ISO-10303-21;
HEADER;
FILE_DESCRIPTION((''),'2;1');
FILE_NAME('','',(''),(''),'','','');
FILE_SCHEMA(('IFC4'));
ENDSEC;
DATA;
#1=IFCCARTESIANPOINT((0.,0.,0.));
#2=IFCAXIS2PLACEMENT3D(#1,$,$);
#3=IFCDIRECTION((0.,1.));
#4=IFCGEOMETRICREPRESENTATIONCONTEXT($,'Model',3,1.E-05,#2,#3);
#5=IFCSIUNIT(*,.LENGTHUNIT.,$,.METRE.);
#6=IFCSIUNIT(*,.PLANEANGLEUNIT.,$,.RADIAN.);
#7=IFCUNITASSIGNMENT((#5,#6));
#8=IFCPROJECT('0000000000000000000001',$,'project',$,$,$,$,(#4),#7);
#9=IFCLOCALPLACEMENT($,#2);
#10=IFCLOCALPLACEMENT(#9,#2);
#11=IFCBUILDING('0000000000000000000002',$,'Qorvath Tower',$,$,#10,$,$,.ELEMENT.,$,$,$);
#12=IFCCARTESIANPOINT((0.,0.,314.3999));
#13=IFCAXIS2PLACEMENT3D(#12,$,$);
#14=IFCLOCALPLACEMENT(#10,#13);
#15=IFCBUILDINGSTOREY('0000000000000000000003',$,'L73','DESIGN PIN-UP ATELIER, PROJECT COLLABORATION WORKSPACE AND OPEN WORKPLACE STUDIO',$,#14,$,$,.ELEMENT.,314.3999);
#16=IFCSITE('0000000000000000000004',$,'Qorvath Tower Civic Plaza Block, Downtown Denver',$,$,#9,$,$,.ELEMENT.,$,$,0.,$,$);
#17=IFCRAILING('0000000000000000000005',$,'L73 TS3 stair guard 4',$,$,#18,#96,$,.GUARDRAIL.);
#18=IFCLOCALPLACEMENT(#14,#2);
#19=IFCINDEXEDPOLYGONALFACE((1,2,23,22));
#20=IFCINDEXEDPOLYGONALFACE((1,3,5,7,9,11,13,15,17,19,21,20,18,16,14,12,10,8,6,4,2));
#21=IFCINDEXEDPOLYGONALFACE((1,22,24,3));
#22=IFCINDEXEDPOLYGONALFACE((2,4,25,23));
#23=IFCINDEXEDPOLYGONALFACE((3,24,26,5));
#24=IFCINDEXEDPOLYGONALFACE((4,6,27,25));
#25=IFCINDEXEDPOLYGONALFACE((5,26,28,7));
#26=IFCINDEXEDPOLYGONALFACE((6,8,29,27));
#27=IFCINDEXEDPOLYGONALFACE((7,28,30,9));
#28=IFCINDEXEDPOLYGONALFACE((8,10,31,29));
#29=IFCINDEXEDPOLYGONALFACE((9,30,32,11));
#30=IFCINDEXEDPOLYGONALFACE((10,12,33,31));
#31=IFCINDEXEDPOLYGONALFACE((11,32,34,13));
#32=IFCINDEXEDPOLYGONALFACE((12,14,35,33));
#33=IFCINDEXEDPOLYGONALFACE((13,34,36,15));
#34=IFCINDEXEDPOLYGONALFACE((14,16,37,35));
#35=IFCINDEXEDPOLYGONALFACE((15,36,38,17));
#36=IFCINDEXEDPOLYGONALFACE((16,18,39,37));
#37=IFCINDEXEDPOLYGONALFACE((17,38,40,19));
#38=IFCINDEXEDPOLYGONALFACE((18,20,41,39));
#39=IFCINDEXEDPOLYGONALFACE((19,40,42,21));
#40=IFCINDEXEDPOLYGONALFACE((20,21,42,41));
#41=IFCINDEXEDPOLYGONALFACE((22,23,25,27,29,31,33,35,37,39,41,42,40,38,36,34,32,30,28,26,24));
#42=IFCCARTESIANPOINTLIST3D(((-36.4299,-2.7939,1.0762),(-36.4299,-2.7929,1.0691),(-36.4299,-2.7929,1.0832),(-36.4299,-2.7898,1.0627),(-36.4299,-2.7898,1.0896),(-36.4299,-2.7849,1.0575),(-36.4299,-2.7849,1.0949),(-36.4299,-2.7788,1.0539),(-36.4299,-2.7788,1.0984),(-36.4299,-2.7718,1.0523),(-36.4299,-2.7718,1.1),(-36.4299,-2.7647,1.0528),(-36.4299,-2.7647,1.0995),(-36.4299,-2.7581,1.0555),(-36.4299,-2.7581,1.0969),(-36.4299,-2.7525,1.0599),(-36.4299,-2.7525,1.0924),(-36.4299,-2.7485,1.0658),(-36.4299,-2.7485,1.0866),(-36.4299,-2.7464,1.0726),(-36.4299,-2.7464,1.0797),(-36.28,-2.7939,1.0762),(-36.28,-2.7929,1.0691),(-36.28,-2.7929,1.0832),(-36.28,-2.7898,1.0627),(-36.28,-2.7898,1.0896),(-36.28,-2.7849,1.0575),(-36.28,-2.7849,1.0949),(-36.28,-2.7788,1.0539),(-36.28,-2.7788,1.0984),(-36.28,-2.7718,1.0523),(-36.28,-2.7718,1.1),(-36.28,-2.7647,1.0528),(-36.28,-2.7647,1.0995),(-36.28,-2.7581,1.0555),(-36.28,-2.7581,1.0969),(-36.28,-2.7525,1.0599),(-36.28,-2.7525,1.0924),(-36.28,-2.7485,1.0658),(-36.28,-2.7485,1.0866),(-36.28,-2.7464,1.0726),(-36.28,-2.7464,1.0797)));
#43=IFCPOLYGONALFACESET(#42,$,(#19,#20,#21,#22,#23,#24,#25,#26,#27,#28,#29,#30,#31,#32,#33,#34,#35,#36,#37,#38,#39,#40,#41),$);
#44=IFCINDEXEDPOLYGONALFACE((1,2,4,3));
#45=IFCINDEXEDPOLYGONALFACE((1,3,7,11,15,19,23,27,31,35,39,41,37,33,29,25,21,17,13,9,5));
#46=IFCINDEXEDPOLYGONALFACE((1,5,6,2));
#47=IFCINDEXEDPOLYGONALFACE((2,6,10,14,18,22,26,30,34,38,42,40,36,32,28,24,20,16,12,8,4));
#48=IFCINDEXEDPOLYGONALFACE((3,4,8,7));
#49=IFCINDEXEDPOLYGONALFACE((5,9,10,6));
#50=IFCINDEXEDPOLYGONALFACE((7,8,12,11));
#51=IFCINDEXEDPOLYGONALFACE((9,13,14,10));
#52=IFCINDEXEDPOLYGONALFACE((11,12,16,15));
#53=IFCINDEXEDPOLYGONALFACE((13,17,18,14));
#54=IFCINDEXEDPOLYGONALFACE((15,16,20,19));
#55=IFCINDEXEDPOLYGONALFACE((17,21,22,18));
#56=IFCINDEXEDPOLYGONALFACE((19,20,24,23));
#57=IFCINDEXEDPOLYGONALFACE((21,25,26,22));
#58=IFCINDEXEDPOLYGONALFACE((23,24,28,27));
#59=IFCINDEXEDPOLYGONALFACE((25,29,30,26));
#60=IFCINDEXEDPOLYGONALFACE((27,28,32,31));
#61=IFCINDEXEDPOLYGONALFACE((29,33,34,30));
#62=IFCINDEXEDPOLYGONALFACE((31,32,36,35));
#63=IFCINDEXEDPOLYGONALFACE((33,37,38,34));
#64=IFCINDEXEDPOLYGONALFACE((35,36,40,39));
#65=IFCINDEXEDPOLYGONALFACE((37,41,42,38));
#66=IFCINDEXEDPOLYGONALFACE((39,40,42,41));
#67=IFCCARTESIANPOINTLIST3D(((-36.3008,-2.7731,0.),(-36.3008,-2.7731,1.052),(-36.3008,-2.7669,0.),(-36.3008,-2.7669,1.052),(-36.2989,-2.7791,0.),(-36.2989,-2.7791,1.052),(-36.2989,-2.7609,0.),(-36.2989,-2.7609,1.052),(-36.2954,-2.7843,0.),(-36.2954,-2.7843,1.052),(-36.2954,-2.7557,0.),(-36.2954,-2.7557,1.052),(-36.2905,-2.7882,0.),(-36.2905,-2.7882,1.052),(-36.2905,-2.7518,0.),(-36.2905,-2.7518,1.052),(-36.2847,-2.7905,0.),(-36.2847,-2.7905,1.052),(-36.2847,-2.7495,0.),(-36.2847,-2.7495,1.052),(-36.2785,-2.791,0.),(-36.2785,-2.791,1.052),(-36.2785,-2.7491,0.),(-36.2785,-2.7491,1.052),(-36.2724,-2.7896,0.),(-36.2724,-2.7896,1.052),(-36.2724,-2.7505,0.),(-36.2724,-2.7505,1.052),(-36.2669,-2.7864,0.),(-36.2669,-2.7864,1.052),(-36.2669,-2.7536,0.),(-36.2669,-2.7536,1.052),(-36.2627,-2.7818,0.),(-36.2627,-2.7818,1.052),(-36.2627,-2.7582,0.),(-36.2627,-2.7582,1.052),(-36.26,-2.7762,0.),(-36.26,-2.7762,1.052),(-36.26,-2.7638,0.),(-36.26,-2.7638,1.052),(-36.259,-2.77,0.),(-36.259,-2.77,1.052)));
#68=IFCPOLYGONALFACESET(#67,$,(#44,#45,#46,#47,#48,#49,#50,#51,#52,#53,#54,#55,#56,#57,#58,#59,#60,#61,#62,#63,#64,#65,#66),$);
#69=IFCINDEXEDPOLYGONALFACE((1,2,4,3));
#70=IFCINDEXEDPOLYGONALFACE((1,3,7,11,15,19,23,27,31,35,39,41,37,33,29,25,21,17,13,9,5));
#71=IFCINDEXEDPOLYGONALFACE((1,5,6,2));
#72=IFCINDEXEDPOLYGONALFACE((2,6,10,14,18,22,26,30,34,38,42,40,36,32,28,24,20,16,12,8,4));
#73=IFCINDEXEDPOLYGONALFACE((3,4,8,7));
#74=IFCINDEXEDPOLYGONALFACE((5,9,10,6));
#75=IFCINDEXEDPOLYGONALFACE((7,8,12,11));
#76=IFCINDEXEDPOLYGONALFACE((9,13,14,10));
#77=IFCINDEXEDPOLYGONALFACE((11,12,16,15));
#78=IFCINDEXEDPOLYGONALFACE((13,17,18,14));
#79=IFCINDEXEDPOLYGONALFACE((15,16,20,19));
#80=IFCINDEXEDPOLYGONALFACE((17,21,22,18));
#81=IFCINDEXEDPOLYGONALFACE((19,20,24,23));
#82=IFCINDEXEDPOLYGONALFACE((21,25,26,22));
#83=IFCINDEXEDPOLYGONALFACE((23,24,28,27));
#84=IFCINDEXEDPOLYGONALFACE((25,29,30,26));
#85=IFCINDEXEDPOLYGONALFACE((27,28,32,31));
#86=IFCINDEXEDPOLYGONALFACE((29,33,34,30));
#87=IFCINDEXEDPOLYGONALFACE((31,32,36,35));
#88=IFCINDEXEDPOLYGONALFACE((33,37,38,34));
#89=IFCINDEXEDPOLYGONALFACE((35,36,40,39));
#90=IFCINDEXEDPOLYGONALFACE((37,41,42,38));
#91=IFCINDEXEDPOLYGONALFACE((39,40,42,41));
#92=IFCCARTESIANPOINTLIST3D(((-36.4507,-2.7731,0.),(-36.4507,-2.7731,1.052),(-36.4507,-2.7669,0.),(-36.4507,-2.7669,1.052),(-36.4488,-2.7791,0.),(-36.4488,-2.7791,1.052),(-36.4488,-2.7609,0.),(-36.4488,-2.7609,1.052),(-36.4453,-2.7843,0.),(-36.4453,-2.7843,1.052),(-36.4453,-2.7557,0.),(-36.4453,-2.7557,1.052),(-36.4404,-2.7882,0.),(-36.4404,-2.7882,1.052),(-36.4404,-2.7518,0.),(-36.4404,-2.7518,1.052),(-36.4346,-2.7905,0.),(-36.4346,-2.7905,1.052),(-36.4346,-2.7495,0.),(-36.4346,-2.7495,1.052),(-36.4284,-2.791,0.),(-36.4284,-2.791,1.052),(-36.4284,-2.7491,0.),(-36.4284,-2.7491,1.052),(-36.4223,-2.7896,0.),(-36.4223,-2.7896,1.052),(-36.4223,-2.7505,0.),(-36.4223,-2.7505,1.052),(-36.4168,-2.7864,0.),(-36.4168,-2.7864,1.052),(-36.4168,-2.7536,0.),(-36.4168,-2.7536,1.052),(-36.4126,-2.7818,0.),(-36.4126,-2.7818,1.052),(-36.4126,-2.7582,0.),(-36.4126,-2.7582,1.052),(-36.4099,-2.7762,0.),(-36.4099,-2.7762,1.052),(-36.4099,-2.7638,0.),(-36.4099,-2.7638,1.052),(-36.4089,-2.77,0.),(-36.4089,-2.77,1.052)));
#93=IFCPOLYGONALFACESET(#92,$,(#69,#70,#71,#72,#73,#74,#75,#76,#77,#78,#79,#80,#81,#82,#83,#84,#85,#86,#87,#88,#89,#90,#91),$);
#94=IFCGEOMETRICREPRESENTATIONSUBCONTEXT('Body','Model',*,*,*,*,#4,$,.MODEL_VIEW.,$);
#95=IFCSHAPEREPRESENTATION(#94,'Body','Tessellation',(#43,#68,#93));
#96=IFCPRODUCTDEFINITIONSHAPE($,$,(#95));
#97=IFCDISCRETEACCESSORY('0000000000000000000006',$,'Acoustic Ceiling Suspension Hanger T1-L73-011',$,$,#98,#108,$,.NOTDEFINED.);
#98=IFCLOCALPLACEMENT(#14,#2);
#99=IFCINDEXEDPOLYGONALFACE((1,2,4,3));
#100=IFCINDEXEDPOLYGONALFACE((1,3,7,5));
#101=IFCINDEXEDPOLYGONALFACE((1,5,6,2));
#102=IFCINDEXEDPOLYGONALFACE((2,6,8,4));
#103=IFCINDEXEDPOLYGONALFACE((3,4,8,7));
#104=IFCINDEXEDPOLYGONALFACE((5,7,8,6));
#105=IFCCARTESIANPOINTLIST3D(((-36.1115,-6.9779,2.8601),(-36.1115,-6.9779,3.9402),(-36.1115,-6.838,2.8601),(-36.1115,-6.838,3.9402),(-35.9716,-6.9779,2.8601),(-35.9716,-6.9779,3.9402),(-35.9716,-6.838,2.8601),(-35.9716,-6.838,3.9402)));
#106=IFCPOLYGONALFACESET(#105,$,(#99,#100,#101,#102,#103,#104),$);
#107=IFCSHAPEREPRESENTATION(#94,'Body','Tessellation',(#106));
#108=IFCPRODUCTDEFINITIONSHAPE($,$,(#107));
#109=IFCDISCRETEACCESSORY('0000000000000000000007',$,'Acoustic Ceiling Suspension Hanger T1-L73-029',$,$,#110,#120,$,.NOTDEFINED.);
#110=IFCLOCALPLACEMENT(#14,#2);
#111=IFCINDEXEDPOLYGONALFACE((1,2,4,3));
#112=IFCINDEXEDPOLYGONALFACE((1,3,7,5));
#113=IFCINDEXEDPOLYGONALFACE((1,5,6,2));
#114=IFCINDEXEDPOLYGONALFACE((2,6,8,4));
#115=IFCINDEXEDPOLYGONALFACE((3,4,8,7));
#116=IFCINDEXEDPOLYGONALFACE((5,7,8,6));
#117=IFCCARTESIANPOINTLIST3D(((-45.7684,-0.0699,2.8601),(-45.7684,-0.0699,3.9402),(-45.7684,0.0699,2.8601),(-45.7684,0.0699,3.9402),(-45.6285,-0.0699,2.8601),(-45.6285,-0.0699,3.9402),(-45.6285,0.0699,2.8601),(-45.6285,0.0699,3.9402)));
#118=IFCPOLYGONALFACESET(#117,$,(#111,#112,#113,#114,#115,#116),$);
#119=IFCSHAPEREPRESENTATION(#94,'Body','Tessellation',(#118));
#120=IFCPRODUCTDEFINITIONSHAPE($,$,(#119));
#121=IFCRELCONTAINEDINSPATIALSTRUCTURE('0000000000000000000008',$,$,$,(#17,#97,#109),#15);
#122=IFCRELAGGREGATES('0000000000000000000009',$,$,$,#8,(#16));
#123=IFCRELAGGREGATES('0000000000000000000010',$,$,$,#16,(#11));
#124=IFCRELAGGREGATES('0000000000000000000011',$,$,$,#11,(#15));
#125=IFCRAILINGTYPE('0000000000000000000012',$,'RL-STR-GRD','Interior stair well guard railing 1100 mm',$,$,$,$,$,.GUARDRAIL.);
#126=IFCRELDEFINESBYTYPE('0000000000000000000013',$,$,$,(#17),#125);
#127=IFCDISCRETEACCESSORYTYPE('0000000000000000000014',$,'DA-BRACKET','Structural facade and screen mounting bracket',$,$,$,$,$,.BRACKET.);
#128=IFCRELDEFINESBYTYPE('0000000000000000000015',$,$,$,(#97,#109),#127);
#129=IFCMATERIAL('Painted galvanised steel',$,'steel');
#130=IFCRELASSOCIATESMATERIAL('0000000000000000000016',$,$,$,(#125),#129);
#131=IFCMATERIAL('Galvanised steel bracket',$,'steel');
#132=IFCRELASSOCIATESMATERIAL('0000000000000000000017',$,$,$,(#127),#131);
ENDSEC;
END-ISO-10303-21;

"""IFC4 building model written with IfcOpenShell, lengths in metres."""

from ifc_helpers import new_model, si_unit, direction, frame, origin, origin_2d, place, context, subcontext, project, spatial, rectangle, circle, extrude, material, type_object, element, save


model = new_model("IFC4")

# Units and contexts
model_context = context("Model", 3, precision=1e-05, world=origin(), true_north=direction((0.0, 1.0)))
body_context = subcontext(model_context, "Body", "Model", "MODEL_VIEW")
ifc_project = project(units=[si_unit("LENGTHUNIT", "METRE"), si_unit("PLANEANGLEUNIT", "RADIAN")], contexts=[model_context])

# Site, building, storey
site_placement = place(None, origin())
site = spatial("IfcSite", under=ifc_project, at=site_placement, Name="Qorvath Tower Civic Plaza Block, Downtown Denver", CompositionType="ELEMENT", RefElevation=0.0)
building_placement = place(site_placement, origin())
building = spatial("IfcBuilding", under=site, at=building_placement, Name="Qorvath Tower", CompositionType="ELEMENT")
storey_placement = place(building_placement, frame((0.0, 0.0, 314.3999)))
storey = spatial("IfcBuildingStorey", under=building, at=storey_placement, Name="L73", Description="DESIGN PIN-UP ATELIER, PROJECT COLLABORATION WORKSPACE AND OPEN WORKPLACE STUDIO", CompositionType="ELEMENT", Elevation=314.3999)

# Railing
ifc_material_1 = material(Name="Painted galvanised steel", Category="steel")
railing_type = type_object("IfcRailingType", Name="RL-STR-GRD", Description="Interior stair well guard railing 1100 mm", PredefinedType="GUARDRAIL", material=ifc_material_1)
railing_1_placement = place(storey_placement, frame((-36.28, -2.77, 0.0)))
element("IfcRailing", 1, at=railing_1_placement, inside=storey, type_object=railing_type, Name="L73 TS3 stair guard 4", PredefinedType="GUARDRAIL", context=body_context, shape_type="SweptSolid", body=[
    extrude(circle(Radius=0.0239, at=origin_2d()), frame((0.0, 0.0, 1.0762), z_axis=(-1.0, 0.0, 0.0), x_axis=(0.0, -1.0, 0.0)), (0.0, 0.0, 1.0), 0.1499),
    extrude(circle(Radius=0.021, at=origin_2d()), origin(), (0.0, 0.0, 1.0), 1.052),
    extrude(circle(Radius=0.021, at=origin_2d()), frame((-0.1499, 0.0, 0.0)), (0.0, 0.0, 1.0), 1.052),
])

# Discrete accessories
ifc_material_2 = material(Name="Galvanised steel bracket", Category="steel")
discrete_accessory_type = type_object("IfcDiscreteAccessoryType", Name="DA-BRACKET", Description="Structural facade and screen mounting bracket", PredefinedType="BRACKET", material=ifc_material_2)
for number, where, z_axis, x_axis, name in (
    (2, (-36.0415, -6.908, 2.8601), (0.0, 0.0, 1.0), (1.0, 0.0, 0.0), "Acoustic Ceiling Suspension Hanger T1-L73-011"),
    (3, (-45.6985, 0.0, 2.8601), (0.0, 0.0, 1.0), (1.0, 0.0, 0.0), "Acoustic Ceiling Suspension Hanger T1-L73-029"),
):
    element("IfcDiscreteAccessory", number, at=place(storey_placement, frame(where, z_axis=z_axis, x_axis=x_axis)), inside=storey, type_object=discrete_accessory_type, Name=name, PredefinedType="NOTDEFINED", context=body_context, shape_type="SweptSolid", body=[
        extrude(rectangle(XDim=0.1399, YDim=0.1399, at=origin_2d()), origin(), (0.0, 0.0, 1.0), 1.0801),
    ])

save(model, "model.ifc")
